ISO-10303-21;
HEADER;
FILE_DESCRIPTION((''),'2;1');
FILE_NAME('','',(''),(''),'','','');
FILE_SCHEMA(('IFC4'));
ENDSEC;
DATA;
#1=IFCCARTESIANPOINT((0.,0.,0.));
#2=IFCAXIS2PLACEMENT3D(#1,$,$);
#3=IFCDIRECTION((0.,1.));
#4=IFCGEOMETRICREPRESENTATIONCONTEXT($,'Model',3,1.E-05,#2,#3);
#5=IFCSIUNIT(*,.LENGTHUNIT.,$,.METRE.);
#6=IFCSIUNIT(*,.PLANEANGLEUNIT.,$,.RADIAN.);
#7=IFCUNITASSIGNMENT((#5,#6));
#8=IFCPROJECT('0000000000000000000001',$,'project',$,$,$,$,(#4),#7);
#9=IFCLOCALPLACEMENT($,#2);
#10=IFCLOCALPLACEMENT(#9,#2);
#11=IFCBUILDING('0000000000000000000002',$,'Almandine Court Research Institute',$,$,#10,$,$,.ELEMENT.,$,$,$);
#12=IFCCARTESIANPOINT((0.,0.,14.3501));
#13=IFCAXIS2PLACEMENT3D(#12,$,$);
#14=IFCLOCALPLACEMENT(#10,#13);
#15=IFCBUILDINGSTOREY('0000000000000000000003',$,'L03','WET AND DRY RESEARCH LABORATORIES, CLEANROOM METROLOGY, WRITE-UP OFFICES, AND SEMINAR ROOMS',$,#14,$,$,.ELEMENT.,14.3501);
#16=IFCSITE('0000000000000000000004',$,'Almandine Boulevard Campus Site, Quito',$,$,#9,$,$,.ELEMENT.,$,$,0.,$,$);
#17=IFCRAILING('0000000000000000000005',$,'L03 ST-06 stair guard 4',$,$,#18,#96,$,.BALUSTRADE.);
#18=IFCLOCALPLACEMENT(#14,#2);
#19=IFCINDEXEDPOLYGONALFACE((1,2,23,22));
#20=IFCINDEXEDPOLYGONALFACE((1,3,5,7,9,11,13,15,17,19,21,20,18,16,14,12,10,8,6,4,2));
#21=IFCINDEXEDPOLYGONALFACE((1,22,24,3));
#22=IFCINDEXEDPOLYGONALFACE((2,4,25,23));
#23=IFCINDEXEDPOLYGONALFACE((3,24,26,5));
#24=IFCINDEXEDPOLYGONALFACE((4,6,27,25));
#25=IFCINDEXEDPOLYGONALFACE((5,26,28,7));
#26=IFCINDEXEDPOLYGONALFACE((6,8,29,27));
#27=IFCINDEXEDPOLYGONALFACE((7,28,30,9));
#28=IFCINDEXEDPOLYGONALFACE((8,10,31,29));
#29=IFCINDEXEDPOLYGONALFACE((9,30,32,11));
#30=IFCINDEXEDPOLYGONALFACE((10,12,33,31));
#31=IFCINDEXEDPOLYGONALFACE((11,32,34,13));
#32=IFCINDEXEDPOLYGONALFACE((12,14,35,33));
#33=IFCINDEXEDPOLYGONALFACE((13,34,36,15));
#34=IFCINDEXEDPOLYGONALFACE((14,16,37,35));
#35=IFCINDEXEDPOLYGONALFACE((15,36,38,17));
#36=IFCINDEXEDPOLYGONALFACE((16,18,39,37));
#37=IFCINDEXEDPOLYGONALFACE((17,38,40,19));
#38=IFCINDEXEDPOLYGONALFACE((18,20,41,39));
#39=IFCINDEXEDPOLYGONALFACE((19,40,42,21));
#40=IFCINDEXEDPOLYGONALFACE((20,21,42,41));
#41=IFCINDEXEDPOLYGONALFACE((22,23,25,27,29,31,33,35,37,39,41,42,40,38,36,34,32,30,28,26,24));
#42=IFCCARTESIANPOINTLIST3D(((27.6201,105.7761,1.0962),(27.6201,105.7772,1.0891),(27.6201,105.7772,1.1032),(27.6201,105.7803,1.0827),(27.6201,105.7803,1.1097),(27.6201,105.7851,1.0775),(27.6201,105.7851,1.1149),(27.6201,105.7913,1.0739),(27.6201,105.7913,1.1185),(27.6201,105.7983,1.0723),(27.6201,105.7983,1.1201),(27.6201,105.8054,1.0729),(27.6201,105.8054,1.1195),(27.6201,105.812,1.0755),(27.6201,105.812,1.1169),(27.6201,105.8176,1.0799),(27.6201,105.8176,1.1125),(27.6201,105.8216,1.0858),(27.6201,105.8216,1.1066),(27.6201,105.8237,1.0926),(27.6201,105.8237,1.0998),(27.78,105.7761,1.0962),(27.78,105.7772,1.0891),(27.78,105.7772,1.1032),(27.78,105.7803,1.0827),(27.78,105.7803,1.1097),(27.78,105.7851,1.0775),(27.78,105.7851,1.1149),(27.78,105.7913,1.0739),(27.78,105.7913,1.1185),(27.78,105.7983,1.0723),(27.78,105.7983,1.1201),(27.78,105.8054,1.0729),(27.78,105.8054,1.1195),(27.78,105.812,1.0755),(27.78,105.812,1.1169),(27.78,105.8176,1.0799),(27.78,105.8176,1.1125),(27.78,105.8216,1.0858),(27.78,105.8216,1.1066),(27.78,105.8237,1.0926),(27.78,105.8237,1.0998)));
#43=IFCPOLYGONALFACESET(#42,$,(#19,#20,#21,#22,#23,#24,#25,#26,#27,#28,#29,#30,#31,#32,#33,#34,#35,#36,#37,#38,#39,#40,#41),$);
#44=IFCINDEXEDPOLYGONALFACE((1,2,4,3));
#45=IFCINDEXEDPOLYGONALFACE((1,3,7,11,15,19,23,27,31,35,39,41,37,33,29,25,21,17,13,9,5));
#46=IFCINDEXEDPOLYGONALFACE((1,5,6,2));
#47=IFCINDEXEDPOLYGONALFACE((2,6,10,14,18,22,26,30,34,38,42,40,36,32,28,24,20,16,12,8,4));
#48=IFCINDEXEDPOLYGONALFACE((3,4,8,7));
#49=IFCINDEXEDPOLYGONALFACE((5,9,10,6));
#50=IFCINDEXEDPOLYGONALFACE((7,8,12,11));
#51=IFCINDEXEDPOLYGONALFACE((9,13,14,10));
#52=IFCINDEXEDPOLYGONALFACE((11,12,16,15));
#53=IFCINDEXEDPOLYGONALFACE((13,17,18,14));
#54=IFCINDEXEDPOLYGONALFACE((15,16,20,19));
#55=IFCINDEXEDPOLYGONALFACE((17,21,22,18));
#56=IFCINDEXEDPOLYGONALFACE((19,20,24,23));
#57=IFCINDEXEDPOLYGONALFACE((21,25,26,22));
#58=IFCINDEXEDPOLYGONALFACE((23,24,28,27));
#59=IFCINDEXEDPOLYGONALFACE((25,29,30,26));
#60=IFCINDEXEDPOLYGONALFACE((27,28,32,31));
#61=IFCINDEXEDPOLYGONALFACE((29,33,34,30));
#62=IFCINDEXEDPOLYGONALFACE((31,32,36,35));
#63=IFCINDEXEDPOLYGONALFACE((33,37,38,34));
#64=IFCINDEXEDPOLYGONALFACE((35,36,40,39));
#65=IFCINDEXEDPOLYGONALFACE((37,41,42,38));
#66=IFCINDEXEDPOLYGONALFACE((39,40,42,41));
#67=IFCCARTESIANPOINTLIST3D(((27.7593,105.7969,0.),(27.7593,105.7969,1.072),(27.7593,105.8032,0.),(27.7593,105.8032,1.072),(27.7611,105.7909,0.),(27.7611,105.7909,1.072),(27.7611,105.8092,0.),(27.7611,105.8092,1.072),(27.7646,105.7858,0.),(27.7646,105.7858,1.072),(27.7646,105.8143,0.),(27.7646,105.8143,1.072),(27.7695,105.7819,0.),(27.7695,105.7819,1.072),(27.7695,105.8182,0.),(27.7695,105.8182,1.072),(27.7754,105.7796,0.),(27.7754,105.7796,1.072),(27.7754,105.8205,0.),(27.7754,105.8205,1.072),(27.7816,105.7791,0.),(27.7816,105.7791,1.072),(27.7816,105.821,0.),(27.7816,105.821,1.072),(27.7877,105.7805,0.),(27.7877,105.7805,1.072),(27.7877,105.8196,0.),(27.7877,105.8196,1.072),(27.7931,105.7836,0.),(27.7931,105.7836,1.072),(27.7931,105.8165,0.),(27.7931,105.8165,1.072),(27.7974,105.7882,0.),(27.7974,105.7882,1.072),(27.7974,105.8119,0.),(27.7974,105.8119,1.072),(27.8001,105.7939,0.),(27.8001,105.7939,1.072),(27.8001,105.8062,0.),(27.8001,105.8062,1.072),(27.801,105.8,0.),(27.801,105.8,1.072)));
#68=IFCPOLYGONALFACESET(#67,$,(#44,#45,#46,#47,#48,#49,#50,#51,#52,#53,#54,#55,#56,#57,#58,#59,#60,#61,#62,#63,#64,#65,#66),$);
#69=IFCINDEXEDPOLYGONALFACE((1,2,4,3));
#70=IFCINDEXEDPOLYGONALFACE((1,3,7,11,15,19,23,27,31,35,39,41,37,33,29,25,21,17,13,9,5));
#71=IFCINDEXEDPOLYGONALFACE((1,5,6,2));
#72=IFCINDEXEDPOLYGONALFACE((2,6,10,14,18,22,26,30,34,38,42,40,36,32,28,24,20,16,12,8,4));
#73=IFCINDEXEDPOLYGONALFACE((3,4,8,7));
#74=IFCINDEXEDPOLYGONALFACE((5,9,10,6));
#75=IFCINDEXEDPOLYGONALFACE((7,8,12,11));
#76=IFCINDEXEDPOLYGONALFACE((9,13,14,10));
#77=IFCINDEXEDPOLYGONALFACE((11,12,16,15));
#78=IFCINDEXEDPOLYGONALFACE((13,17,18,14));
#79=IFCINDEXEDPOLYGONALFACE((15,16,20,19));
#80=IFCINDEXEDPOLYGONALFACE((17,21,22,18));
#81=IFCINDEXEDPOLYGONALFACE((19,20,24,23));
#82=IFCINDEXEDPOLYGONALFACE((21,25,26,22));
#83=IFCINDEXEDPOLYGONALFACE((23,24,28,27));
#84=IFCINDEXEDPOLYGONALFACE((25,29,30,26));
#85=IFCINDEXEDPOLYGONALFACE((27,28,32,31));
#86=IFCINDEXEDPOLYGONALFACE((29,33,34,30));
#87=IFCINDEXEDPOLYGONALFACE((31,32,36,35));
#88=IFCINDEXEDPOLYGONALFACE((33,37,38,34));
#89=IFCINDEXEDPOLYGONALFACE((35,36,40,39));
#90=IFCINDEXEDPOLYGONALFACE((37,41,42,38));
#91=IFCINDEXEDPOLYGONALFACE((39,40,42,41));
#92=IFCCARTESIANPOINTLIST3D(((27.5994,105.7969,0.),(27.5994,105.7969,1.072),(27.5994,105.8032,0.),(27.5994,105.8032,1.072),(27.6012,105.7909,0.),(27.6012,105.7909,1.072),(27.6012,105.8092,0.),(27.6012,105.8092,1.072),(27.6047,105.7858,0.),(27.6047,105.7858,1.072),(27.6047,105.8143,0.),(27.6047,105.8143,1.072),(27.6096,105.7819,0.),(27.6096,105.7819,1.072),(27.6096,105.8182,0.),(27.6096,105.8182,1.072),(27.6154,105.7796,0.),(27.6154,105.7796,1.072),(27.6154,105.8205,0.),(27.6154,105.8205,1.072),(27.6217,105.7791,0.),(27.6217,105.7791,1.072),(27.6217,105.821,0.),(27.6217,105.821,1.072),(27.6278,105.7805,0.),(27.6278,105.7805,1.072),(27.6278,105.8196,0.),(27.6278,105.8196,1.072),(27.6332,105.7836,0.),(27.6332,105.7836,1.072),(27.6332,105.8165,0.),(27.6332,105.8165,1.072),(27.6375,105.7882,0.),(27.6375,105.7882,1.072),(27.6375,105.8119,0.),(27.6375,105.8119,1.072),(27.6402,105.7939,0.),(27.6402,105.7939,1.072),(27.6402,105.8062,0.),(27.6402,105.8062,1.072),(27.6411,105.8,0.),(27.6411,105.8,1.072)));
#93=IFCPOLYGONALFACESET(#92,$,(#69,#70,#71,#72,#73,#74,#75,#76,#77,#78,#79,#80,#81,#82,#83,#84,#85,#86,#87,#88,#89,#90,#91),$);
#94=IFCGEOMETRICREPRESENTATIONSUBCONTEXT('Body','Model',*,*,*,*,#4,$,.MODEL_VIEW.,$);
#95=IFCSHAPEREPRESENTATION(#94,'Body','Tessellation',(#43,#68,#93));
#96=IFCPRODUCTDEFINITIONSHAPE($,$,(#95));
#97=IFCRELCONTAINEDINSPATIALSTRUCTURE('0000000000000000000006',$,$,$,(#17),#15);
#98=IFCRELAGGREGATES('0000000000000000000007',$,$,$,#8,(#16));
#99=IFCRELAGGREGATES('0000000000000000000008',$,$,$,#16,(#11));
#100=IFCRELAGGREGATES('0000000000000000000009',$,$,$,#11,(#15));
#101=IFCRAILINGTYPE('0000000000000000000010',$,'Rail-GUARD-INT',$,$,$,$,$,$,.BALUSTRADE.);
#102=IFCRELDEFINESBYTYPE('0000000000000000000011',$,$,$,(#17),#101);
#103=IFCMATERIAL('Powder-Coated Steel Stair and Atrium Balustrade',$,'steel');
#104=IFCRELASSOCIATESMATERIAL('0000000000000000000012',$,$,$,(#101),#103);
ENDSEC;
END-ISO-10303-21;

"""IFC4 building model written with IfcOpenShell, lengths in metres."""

from ifc_helpers import new_model, si_unit, direction, frame, origin, origin_2d, place, context, subcontext, project, spatial, circle, extrude, material, type_object, element, save


model = new_model("IFC4")

# Units and contexts
model_context = context("Model", 3, precision=1e-05, world=origin(), true_north=direction((0.0, 1.0)))
body_context = subcontext(model_context, "Body", "Model", "MODEL_VIEW")
ifc_project = project(units=[si_unit("LENGTHUNIT", "METRE"), si_unit("PLANEANGLEUNIT", "RADIAN")], contexts=[model_context])

# Site, building, storey
site_placement = place(None, origin())
site = spatial("IfcSite", under=ifc_project, at=site_placement, Name="Almandine Boulevard Campus Site, Quito", CompositionType="ELEMENT", RefElevation=0.0)
building_placement = place(site_placement, origin())
building = spatial("IfcBuilding", under=site, at=building_placement, Name="Almandine Court Research Institute", CompositionType="ELEMENT")
storey_placement = place(building_placement, frame((0.0, 0.0, 14.3501)))
storey = spatial("IfcBuildingStorey", under=building, at=storey_placement, Name="L03", Description="WET AND DRY RESEARCH LABORATORIES, CLEANROOM METROLOGY, WRITE-UP OFFICES, AND SEMINAR ROOMS", CompositionType="ELEMENT", Elevation=14.3501)

# Railing
ifc_material_1 = material(Name="Powder-Coated Steel Stair and Atrium Balustrade", Category="steel")
railing_type_1 = type_object("IfcRailingType", Name="Rail-GUARD-INT", PredefinedType="BALUSTRADE", material=ifc_material_1)
railing_1_placement = place(storey_placement, frame((27.78, 105.8, 0.0)))
element("IfcRailing", 1, at=railing_1_placement, inside=storey, type_object=railing_type_1, Name="L03 ST-06 stair guard 4", PredefinedType="BALUSTRADE", context=body_context, shape_type="SweptSolid", body=[
    extrude(circle(Radius=0.0239, at=origin_2d()), frame((0.0, 0.0, 1.0962), z_axis=(-1.0, 0.0, 0.0), x_axis=(0.0, -1.0, 0.0)), (0.0, 0.0, 1.0), 0.1599),
    extrude(circle(Radius=0.021, at=origin_2d()), origin(), (0.0, 0.0, 1.0), 1.072),
    extrude(circle(Radius=0.021, at=origin_2d()), frame((-0.1599, 0.0, 0.0)), (0.0, 0.0, 1.0), 1.072),
])

save(model, "model.ifc")
